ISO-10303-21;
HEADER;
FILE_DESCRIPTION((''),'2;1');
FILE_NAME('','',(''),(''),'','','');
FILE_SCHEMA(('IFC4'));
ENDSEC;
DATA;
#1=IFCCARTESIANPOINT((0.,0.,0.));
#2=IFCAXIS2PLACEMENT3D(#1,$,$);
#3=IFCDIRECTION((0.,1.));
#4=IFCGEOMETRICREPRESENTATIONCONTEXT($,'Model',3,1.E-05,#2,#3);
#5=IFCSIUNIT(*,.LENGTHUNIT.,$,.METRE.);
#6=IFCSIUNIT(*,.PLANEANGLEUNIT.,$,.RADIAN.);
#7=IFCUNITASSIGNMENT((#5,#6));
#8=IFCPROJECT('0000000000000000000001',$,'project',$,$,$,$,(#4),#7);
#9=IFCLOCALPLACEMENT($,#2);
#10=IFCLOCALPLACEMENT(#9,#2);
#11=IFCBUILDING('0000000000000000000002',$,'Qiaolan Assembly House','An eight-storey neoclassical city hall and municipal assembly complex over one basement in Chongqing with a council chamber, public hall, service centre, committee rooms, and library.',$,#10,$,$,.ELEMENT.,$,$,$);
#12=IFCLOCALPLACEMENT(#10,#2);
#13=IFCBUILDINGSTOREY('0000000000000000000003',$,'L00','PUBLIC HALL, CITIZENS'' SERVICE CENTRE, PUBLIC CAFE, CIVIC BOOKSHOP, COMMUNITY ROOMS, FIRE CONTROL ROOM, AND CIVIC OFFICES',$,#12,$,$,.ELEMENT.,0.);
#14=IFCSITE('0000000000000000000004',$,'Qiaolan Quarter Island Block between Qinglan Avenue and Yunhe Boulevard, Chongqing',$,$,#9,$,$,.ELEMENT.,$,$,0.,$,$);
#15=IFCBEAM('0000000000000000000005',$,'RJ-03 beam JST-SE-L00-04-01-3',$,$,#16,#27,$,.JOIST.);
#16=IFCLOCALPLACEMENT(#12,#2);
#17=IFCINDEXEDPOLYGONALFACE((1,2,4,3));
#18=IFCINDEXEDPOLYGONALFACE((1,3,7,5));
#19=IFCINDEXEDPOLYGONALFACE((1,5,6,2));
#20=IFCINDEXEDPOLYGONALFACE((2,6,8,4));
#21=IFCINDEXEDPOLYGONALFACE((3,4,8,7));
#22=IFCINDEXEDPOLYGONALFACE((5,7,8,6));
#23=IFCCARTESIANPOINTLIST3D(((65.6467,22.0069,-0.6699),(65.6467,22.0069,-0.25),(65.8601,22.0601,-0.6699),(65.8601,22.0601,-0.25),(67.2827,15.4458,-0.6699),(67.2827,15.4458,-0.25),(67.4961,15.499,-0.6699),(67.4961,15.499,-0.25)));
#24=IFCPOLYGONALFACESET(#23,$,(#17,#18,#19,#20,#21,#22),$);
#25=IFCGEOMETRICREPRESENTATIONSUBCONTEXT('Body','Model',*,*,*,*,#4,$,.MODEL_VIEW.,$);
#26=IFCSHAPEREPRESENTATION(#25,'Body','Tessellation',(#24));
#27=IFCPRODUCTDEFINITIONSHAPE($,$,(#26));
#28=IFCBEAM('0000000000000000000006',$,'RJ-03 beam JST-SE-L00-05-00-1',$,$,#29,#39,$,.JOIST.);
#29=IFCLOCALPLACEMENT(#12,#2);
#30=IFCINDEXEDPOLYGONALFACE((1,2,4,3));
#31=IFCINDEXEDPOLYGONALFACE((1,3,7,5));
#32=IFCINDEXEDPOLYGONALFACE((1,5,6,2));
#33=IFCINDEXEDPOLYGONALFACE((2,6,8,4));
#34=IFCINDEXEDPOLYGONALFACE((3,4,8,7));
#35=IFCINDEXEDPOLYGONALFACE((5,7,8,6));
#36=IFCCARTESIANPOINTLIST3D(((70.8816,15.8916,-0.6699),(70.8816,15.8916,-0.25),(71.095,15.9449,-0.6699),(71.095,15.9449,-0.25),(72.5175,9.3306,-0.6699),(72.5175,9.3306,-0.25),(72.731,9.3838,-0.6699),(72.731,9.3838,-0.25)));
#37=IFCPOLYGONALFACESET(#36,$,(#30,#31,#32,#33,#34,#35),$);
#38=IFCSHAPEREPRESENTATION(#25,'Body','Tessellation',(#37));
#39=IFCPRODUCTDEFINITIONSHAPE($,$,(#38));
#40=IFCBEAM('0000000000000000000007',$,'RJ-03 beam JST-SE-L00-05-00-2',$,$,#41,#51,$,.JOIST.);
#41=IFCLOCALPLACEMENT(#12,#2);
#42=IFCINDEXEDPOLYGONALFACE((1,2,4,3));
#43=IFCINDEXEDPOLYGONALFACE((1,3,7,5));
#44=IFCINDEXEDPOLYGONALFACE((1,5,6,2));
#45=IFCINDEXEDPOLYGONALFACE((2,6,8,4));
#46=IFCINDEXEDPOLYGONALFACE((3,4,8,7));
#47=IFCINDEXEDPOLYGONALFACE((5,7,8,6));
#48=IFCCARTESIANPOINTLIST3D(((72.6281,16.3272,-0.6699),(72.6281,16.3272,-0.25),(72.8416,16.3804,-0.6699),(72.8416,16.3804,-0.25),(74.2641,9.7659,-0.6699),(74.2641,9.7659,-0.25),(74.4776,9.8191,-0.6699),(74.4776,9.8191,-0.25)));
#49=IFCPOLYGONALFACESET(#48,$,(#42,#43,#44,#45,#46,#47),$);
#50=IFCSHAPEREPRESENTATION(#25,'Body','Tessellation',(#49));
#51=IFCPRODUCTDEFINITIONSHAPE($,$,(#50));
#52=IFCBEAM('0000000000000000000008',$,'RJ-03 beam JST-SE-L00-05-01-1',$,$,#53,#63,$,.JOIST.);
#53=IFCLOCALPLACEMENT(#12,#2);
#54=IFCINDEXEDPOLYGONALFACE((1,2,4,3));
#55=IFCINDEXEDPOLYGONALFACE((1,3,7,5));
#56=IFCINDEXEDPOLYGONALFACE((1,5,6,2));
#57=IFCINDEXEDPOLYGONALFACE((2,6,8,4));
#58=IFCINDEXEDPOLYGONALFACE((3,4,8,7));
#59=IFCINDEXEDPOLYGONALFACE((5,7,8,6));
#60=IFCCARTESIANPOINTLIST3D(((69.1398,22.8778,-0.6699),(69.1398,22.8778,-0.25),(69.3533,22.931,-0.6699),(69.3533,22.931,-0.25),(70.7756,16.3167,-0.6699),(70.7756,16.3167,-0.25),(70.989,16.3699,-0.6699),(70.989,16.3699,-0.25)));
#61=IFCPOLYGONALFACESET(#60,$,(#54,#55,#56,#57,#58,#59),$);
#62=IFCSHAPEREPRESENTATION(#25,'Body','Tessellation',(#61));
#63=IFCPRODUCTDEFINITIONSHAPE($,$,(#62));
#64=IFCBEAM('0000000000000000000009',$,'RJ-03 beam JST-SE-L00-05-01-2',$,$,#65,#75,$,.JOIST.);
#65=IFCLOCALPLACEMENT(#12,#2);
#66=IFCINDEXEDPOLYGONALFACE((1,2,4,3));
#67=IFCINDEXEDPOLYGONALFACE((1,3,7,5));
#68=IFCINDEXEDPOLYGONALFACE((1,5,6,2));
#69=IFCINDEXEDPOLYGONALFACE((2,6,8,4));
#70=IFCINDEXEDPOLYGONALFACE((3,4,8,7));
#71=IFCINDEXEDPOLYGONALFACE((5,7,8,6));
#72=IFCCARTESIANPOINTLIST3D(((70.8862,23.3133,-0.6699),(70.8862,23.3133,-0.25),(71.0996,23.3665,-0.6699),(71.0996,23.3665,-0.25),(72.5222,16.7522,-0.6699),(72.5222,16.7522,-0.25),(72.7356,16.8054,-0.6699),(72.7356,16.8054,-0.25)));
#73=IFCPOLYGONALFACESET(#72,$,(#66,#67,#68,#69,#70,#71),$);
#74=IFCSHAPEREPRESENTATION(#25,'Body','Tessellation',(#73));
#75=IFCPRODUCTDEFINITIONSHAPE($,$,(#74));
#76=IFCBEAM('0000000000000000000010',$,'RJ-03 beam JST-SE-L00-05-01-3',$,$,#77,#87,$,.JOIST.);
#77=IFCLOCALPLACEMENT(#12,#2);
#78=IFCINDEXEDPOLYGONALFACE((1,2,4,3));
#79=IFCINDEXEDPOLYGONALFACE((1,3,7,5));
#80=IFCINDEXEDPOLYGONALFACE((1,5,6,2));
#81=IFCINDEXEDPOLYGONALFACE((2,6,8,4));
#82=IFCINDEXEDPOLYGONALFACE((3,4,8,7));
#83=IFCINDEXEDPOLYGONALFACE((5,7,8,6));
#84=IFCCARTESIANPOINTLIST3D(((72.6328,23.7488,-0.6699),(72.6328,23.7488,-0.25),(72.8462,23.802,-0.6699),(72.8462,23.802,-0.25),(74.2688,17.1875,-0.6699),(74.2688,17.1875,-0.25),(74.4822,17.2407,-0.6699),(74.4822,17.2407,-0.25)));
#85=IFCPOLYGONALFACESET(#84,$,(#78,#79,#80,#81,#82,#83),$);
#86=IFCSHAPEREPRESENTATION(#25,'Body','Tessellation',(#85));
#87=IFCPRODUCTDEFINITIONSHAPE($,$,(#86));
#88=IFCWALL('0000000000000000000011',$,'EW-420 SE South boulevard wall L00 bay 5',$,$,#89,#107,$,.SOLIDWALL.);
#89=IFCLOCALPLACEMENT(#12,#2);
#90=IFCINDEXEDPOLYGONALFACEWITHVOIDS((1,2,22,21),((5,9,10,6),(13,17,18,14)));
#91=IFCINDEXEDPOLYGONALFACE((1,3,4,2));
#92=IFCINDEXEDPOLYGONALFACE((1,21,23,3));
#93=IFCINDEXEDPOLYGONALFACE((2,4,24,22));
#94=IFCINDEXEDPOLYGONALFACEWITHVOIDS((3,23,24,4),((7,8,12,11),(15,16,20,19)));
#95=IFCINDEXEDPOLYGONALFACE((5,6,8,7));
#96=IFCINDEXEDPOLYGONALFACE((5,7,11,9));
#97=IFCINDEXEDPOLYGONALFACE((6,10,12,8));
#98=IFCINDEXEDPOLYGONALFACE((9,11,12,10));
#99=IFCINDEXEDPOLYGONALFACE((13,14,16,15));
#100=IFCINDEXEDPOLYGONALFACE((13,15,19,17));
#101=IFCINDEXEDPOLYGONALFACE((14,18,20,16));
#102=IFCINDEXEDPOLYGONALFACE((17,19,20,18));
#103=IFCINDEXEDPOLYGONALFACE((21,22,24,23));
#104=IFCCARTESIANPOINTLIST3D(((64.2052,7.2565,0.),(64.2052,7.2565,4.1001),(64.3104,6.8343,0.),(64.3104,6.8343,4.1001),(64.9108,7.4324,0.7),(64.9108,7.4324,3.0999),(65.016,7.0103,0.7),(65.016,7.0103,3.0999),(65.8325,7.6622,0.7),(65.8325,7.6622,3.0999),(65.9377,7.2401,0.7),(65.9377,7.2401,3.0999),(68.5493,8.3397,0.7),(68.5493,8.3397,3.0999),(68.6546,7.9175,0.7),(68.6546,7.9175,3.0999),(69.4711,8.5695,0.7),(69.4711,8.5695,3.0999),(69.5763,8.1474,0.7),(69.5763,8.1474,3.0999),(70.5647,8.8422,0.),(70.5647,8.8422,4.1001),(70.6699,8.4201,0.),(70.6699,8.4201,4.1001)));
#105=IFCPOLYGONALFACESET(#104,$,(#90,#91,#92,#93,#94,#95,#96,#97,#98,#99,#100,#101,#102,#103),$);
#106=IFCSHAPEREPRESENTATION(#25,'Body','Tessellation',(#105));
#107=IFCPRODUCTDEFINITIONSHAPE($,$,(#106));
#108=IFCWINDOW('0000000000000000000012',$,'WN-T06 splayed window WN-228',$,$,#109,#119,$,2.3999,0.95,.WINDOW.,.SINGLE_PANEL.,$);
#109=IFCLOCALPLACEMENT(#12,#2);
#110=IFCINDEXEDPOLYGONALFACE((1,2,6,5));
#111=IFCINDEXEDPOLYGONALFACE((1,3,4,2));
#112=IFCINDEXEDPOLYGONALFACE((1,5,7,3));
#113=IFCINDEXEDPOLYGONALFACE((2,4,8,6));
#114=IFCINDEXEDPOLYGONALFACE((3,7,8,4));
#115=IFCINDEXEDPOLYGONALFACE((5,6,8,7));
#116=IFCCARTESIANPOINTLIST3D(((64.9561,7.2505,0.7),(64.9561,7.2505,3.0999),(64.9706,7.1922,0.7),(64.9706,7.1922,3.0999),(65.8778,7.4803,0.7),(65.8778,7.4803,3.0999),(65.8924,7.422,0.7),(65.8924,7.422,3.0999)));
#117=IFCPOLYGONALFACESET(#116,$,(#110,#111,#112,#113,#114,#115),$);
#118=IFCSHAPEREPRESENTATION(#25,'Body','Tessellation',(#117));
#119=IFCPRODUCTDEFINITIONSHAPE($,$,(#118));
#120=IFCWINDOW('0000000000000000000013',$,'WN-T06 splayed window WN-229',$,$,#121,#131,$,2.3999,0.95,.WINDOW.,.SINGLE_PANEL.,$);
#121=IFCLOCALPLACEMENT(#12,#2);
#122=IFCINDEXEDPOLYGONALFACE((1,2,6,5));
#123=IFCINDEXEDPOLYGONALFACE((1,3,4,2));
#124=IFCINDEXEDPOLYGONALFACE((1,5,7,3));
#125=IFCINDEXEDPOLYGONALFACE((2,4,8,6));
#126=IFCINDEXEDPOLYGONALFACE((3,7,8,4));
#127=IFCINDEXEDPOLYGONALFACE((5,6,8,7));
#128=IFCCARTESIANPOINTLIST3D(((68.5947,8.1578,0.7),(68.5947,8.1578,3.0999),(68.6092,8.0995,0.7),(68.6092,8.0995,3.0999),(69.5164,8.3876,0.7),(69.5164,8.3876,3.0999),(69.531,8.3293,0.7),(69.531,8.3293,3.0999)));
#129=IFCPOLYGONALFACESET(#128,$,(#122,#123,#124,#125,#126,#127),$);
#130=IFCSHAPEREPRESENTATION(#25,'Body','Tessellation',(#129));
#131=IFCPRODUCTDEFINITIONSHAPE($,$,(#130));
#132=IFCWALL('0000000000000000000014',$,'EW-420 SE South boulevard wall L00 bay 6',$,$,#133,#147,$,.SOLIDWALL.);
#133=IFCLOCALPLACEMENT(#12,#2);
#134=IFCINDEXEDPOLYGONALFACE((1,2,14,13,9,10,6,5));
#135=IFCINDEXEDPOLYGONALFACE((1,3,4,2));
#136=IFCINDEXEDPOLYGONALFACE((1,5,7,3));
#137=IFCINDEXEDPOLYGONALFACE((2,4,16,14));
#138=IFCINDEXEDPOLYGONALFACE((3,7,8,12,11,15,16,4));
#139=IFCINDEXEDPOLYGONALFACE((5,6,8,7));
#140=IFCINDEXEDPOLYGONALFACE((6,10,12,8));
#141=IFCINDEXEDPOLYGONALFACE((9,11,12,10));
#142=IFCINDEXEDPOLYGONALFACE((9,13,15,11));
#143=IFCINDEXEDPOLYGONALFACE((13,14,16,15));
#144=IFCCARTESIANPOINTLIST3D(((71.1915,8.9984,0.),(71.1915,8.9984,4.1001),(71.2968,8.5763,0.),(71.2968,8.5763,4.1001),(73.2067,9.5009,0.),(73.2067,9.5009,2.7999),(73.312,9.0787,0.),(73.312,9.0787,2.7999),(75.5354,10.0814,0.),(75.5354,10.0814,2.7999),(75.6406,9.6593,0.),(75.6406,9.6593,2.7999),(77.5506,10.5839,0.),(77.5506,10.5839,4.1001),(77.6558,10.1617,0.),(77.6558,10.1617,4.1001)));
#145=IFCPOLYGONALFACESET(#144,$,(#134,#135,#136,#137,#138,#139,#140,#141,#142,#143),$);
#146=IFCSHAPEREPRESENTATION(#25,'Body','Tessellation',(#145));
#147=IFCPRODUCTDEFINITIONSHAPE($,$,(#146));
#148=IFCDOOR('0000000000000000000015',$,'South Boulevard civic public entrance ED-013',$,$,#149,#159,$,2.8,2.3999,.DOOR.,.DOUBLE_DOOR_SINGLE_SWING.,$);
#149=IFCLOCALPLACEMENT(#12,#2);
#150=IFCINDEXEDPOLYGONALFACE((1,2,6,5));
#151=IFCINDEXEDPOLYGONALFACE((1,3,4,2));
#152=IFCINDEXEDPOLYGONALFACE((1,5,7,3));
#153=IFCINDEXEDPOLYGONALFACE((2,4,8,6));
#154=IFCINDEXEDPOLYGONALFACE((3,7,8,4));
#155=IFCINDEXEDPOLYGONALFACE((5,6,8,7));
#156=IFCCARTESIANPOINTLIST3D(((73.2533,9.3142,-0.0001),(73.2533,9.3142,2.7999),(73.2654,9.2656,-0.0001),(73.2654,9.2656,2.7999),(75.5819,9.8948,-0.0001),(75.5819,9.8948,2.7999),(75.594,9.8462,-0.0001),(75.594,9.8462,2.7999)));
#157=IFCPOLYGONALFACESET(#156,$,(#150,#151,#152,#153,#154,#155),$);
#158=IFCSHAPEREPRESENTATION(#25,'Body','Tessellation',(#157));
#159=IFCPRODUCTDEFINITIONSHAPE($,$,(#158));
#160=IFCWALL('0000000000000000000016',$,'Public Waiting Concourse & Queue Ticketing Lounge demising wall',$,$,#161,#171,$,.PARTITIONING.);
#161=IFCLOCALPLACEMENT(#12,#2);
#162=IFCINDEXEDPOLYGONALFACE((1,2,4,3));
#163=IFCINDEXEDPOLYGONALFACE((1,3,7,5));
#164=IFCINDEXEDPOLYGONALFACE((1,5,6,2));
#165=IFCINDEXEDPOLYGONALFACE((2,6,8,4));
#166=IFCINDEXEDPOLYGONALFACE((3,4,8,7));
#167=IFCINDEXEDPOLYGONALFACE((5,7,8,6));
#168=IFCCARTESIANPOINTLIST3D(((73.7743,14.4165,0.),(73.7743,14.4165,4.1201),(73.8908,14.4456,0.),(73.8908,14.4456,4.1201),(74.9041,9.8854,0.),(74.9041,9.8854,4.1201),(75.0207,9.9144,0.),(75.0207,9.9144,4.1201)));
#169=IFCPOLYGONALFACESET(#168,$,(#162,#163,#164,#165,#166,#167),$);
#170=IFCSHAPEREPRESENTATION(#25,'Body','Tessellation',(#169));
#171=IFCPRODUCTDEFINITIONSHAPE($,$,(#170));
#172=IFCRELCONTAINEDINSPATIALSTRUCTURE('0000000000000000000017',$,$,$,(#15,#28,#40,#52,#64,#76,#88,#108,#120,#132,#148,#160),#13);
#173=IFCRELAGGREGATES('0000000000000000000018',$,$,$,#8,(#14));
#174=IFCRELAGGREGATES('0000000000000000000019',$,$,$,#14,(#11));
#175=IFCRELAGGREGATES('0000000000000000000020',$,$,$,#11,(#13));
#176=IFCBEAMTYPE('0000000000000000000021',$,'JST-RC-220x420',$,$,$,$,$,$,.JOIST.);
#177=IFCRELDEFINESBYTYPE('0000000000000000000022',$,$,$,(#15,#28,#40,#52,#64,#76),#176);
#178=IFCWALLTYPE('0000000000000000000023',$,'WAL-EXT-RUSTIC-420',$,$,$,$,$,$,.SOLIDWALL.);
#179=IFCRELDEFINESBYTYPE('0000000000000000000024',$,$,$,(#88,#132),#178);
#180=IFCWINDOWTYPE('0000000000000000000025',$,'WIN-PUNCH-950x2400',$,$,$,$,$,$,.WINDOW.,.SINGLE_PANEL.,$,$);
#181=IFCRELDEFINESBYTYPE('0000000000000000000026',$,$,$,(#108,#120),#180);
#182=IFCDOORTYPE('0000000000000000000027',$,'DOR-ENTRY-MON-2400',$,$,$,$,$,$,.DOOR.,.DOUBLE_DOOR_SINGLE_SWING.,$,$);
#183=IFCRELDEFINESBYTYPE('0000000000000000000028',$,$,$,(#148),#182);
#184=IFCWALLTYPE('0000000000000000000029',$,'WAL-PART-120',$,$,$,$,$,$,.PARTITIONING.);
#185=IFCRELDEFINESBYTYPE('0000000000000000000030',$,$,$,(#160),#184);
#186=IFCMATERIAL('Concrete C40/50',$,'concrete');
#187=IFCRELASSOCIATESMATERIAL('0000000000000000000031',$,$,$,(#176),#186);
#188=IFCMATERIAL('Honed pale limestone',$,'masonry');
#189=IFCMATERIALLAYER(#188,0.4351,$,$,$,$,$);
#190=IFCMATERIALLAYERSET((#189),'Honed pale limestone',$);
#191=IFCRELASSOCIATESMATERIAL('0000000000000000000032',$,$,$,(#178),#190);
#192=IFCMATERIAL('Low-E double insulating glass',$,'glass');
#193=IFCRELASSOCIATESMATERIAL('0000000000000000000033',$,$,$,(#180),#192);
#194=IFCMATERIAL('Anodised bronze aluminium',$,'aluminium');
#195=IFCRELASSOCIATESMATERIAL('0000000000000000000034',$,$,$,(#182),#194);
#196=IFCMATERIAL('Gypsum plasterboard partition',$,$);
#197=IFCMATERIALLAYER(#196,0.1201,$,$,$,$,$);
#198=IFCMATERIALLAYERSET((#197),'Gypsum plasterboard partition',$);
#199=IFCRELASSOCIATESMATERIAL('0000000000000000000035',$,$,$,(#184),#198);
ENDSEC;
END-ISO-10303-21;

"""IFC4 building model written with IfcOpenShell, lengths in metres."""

from ifc_helpers import new_model, si_unit, direction, frame, frame_2d, origin, origin_2d, place, context, subcontext, project, spatial, rectangle, extrude, material, layer, layer_set, material_profile, profile_set, type_object, element, fill, save


model = new_model("IFC4")

# Units and contexts
model_context = context("Model", 3, precision=1e-05, world=origin(), true_north=direction((0.0, 1.0)))
body_context = subcontext(model_context, "Body", "Model", "MODEL_VIEW")
ifc_project = project(units=[si_unit("LENGTHUNIT", "METRE"), si_unit("PLANEANGLEUNIT", "RADIAN")], contexts=[model_context])

# Site, building, storey
site_placement = place(None, origin())
site = spatial("IfcSite", under=ifc_project, at=site_placement, Name="Qiaolan Quarter Island Block between Qinglan Avenue and Yunhe Boulevard, Chongqing", CompositionType="ELEMENT", RefElevation=0.0)
building_placement = place(site_placement, origin())
building = spatial("IfcBuilding", under=site, at=building_placement, Name="Qiaolan Assembly House", Description="An eight-storey neoclassical city hall and municipal assembly complex over one basement in Chongqing with a council chamber, public hall, service centre, committee rooms, and library.", CompositionType="ELEMENT")
storey_placement = place(building_placement, origin())
storey = spatial("IfcBuildingStorey", under=building, at=storey_placement, Name="L00", Description="PUBLIC HALL, CITIZENS' SERVICE CENTRE, PUBLIC CAFE, CIVIC BOOKSHOP, COMMUNITY ROOMS, FIRE CONTROL ROOM, AND CIVIC OFFICES", CompositionType="ELEMENT", Elevation=0.0)

# Beams
ifc_material_1 = material(Name="Concrete C40/50", Category="concrete")
ifc_material_profile_1 = material_profile(ifc_material_1, rectangle(XDim=0.22, YDim=0.4199, at=origin_2d()), Name="RCB 220x420")
ifc_profile_set_1 = profile_set([ifc_material_profile_1], Name="Concrete C40/50")
beam_type_1 = type_object("IfcBeamType", Name="JST-RC-220x420", PredefinedType="JOIST", material=ifc_profile_set_1)
for number, where, z_axis, x_axis, name in (
    (1, (67.3894, 15.4724, -0.46), (-0.241941, 0.970291, 0.0), (-0.970291, -0.241941, 0.0), "RJ-03 beam JST-SE-L00-04-01-3"),
    (2, (72.6243, 9.3572, -0.46), (-0.241941, 0.970291, 0.0), (-0.970291, -0.241941, 0.0), "RJ-03 beam JST-SE-L00-05-00-1"),
):
    element("IfcBeam", number, at=place(storey_placement, frame(where, z_axis=z_axis, x_axis=x_axis)), inside=storey, type_object=beam_type_1, Name=name, PredefinedType="JOIST", context=body_context, shape_type="SweptSolid", body=[
        extrude(rectangle(XDim=0.22, YDim=0.4199, at=origin_2d()), origin(), (0.0, 0.0, 1.0), 6.762),
    ])
beam_1_placement = place(storey_placement, frame((74.3708, 9.7925, -0.46), z_axis=(-0.241932, 0.970293, 0.0), x_axis=(-0.970293, -0.241932, 0.0)))
element("IfcBeam", 3, at=beam_1_placement, inside=storey, type_object=beam_type_1, Name="RJ-03 beam JST-SE-L00-05-00-2", PredefinedType="JOIST", context=body_context, shape_type="SweptSolid", body=[
    extrude(rectangle(XDim=0.22, YDim=0.4199, at=origin_2d()), origin(), (0.0, 0.0, 1.0), 6.7622),
])
for number, where, z_axis, x_axis, name in (
    (4, (70.8823, 16.3433, -0.46), (-0.241907, 0.970299, 0.0), (-0.970299, -0.241907, 0.0), "RJ-03 beam JST-SE-L00-05-01-1"),
    (5, (72.6289, 16.7788, -0.46), (-0.241941, 0.970291, 0.0), (-0.970291, -0.241941, 0.0), "RJ-03 beam JST-SE-L00-05-01-2"),
):
    element("IfcBeam", number, at=place(storey_placement, frame(where, z_axis=z_axis, x_axis=x_axis)), inside=storey, type_object=beam_type_1, Name=name, PredefinedType="JOIST", context=body_context, shape_type="SweptSolid", body=[
        extrude(rectangle(XDim=0.22, YDim=0.4199, at=origin_2d()), origin(), (0.0, 0.0, 1.0), 6.762),
    ])
beam_2_placement = place(storey_placement, frame((74.3755, 17.2141, -0.46), z_axis=(-0.241932, 0.970293, 0.0), x_axis=(-0.970293, -0.241932, 0.0)))
element("IfcBeam", 6, at=beam_2_placement, inside=storey, type_object=beam_type_1, Name="RJ-03 beam JST-SE-L00-05-01-3", PredefinedType="JOIST", context=body_context, shape_type="SweptSolid", body=[
    extrude(rectangle(XDim=0.22, YDim=0.4199, at=origin_2d()), origin(), (0.0, 0.0, 1.0), 6.7622),
])

# Wall, openings, windows
ifc_material_2 = material(Name="Honed pale limestone", Category="masonry")
ifc_layer_1 = layer(ifc_material_2, 0.4351)
ifc_layer_set_1 = layer_set([ifc_layer_1], Name="Honed pale limestone")
wall_type_1 = type_object("IfcWallType", Name="WAL-EXT-RUSTIC-420", PredefinedType="SOLIDWALL", material=ifc_layer_set_1)
wall_1_placement = place(storey_placement, frame((64.2578, 7.0454, 0.0), z_axis=(0.0, 0.0, 1.0), x_axis=(0.970291, 0.24194, 0.0)))
wall_1 = element("IfcWall", 7, at=wall_1_placement, inside=storey, type_object=wall_type_1, Name="EW-420 SE South boulevard wall L00 bay 5", PredefinedType="SOLIDWALL", context=body_context, shape_type="SweptSolid", body=[
    extrude(rectangle(XDim=6.5542, YDim=0.4351, at=frame_2d((3.2771, 0.0))), origin(), (0.0, 0.0, 1.0), 4.1001),
])
opening_1_placement = place(wall_1_placement, frame((0.7271, 0.0, 0.7)))
opening_1 = element("IfcOpeningElement", 8, at=opening_1_placement, cuts=wall_1, PredefinedType="OPENING", context=body_context, shape_type="SweptSolid", body=[
    extrude(rectangle(XDim=0.95, YDim=2.3999, at=frame_2d((0.4751, 1.2))), frame((0.0, 0.2275, 0.0), z_axis=(0.0, -1.0, 0.0), x_axis=(1.0, 0.0, 0.0)), (0.0, 0.0, 1.0), 0.4551),
])
opening_2_placement = place(wall_1_placement, frame((4.4771, 0.0, 0.7)))
opening_2 = element("IfcOpeningElement", 9, at=opening_2_placement, cuts=wall_1, PredefinedType="OPENING", context=body_context, shape_type="SweptSolid", body=[
    extrude(rectangle(XDim=0.95, YDim=2.3999, at=frame_2d((0.4751, 1.2))), frame((0.0, 0.2275, 0.0), z_axis=(0.0, -1.0, 0.0), x_axis=(1.0, 0.0, 0.0)), (0.0, 0.0, 1.0), 0.4551),
])
ifc_material_3 = material(Name="Low-E double insulating glass", Category="glass")
window_type = type_object("IfcWindowType", Name="WIN-PUNCH-950x2400", PartitioningType="SINGLE_PANEL", PredefinedType="WINDOW", material=ifc_material_3)
window_1_placement = place(opening_1_placement, origin())
window_1 = element("IfcWindow", 10, at=window_1_placement, inside=storey, type_object=window_type, Name="WN-T06 splayed window WN-228", OverallHeight=2.3999, OverallWidth=0.95, PartitioningType="SINGLE_PANEL", PredefinedType="WINDOW", context=body_context, shape_type="SweptSolid", body=[
    extrude(rectangle(XDim=0.95, YDim=2.3999, at=frame_2d((0.4751, 1.2))), frame((0.0, 0.03, 0.0), z_axis=(0.0, -1.0, 0.0), x_axis=(1.0, 0.0, 0.0)), (0.0, 0.0, 1.0), 0.0601),
])
fill(opening_1, window_1)
window_2_placement = place(opening_2_placement, origin())
window_2 = element("IfcWindow", 11, at=window_2_placement, inside=storey, type_object=window_type, Name="WN-T06 splayed window WN-229", OverallHeight=2.3999, OverallWidth=0.95, PartitioningType="SINGLE_PANEL", PredefinedType="WINDOW", context=body_context, shape_type="SweptSolid", body=[
    extrude(rectangle(XDim=0.95, YDim=2.3999, at=frame_2d((0.4751, 1.2))), frame((0.0, 0.03, 0.0), z_axis=(0.0, -1.0, 0.0), x_axis=(1.0, 0.0, 0.0)), (0.0, 0.0, 1.0), 0.0601),
])
fill(opening_2, window_2)

# Wall, opening, door
wall_2_placement = place(storey_placement, frame((71.2441, 8.7874, 0.0), z_axis=(0.0, 0.0, 1.0), x_axis=(0.970298, 0.241913, 0.0)))
wall_2 = element("IfcWall", 12, at=wall_2_placement, inside=storey, type_object=wall_type_1, Name="EW-420 SE South boulevard wall L00 bay 6", PredefinedType="SOLIDWALL", context=body_context, shape_type="SweptSolid", body=[
    extrude(rectangle(XDim=6.5537, YDim=0.4351, at=frame_2d((3.2769, 0.0))), origin(), (0.0, 0.0, 1.0), 4.1001),
])
opening_3_placement = place(wall_2_placement, frame((2.0769, 0.0, 0.0)))
opening_3 = element("IfcOpeningElement", 13, at=opening_3_placement, cuts=wall_2, PredefinedType="OPENING", context=body_context, shape_type="SweptSolid", body=[
    extrude(rectangle(XDim=2.3999, YDim=2.8, at=frame_2d((1.2, 1.3999))), frame((0.0, 0.2275, 0.0), z_axis=(0.0, -1.0, 0.0), x_axis=(1.0, 0.0, 0.0)), (0.0, 0.0, 1.0), 0.4551),
])
ifc_material_4 = material(Name="Anodised bronze aluminium", Category="aluminium")
door_type_1 = type_object("IfcDoorType", Name="DOR-ENTRY-MON-2400", OperationType="DOUBLE_DOOR_SINGLE_SWING", PredefinedType="DOOR", material=ifc_material_4)
door_1_placement = place(opening_3_placement, frame((2.3999, 0.0, 0.0), z_axis=(0.0, 0.0, 1.0), x_axis=(-1.0, 0.0, 0.0)))
door_1 = element("IfcDoor", 14, at=door_1_placement, inside=storey, type_object=door_type_1, Name="South Boulevard civic public entrance ED-013", OperationType="DOUBLE_DOOR_SINGLE_SWING", OverallHeight=2.8, OverallWidth=2.3999, PredefinedType="DOOR", context=body_context, shape_type="SweptSolid", body=[
    extrude(rectangle(XDim=2.3999, YDim=2.8, at=frame_2d((1.2, 1.3999))), frame((0.0, 0.0249, 0.0), z_axis=(0.0, -1.0, 0.0), x_axis=(1.0, 0.0, 0.0)), (0.0, 0.0, 1.0), 0.05),
])
fill(opening_3, door_1)

# Wall
ifc_material_5 = material(Name="Gypsum plasterboard partition")
ifc_layer_2 = layer(ifc_material_5, 0.1201)
ifc_layer_set_2 = layer_set([ifc_layer_2], Name="Gypsum plasterboard partition")
wall_type_2 = type_object("IfcWallType", Name="WAL-PART-120", PredefinedType="PARTITIONING", material=ifc_layer_set_2)
wall_3_placement = place(storey_placement, frame((74.9624, 9.8999, 0.0), z_axis=(0.0, 0.0, 1.0), x_axis=(-0.241945, 0.97029, 0.0)))
element("IfcWall", 15, at=wall_3_placement, inside=storey, type_object=wall_type_2, Name="Public Waiting Concourse & Queue Ticketing Lounge demising wall", PredefinedType="PARTITIONING", context=body_context, shape_type="SweptSolid", body=[
    extrude(rectangle(XDim=4.6699, YDim=0.1201, at=frame_2d((2.335, 0.0))), origin(), (0.0, 0.0, 1.0), 4.1201),
])

save(model, "model.ifc")
